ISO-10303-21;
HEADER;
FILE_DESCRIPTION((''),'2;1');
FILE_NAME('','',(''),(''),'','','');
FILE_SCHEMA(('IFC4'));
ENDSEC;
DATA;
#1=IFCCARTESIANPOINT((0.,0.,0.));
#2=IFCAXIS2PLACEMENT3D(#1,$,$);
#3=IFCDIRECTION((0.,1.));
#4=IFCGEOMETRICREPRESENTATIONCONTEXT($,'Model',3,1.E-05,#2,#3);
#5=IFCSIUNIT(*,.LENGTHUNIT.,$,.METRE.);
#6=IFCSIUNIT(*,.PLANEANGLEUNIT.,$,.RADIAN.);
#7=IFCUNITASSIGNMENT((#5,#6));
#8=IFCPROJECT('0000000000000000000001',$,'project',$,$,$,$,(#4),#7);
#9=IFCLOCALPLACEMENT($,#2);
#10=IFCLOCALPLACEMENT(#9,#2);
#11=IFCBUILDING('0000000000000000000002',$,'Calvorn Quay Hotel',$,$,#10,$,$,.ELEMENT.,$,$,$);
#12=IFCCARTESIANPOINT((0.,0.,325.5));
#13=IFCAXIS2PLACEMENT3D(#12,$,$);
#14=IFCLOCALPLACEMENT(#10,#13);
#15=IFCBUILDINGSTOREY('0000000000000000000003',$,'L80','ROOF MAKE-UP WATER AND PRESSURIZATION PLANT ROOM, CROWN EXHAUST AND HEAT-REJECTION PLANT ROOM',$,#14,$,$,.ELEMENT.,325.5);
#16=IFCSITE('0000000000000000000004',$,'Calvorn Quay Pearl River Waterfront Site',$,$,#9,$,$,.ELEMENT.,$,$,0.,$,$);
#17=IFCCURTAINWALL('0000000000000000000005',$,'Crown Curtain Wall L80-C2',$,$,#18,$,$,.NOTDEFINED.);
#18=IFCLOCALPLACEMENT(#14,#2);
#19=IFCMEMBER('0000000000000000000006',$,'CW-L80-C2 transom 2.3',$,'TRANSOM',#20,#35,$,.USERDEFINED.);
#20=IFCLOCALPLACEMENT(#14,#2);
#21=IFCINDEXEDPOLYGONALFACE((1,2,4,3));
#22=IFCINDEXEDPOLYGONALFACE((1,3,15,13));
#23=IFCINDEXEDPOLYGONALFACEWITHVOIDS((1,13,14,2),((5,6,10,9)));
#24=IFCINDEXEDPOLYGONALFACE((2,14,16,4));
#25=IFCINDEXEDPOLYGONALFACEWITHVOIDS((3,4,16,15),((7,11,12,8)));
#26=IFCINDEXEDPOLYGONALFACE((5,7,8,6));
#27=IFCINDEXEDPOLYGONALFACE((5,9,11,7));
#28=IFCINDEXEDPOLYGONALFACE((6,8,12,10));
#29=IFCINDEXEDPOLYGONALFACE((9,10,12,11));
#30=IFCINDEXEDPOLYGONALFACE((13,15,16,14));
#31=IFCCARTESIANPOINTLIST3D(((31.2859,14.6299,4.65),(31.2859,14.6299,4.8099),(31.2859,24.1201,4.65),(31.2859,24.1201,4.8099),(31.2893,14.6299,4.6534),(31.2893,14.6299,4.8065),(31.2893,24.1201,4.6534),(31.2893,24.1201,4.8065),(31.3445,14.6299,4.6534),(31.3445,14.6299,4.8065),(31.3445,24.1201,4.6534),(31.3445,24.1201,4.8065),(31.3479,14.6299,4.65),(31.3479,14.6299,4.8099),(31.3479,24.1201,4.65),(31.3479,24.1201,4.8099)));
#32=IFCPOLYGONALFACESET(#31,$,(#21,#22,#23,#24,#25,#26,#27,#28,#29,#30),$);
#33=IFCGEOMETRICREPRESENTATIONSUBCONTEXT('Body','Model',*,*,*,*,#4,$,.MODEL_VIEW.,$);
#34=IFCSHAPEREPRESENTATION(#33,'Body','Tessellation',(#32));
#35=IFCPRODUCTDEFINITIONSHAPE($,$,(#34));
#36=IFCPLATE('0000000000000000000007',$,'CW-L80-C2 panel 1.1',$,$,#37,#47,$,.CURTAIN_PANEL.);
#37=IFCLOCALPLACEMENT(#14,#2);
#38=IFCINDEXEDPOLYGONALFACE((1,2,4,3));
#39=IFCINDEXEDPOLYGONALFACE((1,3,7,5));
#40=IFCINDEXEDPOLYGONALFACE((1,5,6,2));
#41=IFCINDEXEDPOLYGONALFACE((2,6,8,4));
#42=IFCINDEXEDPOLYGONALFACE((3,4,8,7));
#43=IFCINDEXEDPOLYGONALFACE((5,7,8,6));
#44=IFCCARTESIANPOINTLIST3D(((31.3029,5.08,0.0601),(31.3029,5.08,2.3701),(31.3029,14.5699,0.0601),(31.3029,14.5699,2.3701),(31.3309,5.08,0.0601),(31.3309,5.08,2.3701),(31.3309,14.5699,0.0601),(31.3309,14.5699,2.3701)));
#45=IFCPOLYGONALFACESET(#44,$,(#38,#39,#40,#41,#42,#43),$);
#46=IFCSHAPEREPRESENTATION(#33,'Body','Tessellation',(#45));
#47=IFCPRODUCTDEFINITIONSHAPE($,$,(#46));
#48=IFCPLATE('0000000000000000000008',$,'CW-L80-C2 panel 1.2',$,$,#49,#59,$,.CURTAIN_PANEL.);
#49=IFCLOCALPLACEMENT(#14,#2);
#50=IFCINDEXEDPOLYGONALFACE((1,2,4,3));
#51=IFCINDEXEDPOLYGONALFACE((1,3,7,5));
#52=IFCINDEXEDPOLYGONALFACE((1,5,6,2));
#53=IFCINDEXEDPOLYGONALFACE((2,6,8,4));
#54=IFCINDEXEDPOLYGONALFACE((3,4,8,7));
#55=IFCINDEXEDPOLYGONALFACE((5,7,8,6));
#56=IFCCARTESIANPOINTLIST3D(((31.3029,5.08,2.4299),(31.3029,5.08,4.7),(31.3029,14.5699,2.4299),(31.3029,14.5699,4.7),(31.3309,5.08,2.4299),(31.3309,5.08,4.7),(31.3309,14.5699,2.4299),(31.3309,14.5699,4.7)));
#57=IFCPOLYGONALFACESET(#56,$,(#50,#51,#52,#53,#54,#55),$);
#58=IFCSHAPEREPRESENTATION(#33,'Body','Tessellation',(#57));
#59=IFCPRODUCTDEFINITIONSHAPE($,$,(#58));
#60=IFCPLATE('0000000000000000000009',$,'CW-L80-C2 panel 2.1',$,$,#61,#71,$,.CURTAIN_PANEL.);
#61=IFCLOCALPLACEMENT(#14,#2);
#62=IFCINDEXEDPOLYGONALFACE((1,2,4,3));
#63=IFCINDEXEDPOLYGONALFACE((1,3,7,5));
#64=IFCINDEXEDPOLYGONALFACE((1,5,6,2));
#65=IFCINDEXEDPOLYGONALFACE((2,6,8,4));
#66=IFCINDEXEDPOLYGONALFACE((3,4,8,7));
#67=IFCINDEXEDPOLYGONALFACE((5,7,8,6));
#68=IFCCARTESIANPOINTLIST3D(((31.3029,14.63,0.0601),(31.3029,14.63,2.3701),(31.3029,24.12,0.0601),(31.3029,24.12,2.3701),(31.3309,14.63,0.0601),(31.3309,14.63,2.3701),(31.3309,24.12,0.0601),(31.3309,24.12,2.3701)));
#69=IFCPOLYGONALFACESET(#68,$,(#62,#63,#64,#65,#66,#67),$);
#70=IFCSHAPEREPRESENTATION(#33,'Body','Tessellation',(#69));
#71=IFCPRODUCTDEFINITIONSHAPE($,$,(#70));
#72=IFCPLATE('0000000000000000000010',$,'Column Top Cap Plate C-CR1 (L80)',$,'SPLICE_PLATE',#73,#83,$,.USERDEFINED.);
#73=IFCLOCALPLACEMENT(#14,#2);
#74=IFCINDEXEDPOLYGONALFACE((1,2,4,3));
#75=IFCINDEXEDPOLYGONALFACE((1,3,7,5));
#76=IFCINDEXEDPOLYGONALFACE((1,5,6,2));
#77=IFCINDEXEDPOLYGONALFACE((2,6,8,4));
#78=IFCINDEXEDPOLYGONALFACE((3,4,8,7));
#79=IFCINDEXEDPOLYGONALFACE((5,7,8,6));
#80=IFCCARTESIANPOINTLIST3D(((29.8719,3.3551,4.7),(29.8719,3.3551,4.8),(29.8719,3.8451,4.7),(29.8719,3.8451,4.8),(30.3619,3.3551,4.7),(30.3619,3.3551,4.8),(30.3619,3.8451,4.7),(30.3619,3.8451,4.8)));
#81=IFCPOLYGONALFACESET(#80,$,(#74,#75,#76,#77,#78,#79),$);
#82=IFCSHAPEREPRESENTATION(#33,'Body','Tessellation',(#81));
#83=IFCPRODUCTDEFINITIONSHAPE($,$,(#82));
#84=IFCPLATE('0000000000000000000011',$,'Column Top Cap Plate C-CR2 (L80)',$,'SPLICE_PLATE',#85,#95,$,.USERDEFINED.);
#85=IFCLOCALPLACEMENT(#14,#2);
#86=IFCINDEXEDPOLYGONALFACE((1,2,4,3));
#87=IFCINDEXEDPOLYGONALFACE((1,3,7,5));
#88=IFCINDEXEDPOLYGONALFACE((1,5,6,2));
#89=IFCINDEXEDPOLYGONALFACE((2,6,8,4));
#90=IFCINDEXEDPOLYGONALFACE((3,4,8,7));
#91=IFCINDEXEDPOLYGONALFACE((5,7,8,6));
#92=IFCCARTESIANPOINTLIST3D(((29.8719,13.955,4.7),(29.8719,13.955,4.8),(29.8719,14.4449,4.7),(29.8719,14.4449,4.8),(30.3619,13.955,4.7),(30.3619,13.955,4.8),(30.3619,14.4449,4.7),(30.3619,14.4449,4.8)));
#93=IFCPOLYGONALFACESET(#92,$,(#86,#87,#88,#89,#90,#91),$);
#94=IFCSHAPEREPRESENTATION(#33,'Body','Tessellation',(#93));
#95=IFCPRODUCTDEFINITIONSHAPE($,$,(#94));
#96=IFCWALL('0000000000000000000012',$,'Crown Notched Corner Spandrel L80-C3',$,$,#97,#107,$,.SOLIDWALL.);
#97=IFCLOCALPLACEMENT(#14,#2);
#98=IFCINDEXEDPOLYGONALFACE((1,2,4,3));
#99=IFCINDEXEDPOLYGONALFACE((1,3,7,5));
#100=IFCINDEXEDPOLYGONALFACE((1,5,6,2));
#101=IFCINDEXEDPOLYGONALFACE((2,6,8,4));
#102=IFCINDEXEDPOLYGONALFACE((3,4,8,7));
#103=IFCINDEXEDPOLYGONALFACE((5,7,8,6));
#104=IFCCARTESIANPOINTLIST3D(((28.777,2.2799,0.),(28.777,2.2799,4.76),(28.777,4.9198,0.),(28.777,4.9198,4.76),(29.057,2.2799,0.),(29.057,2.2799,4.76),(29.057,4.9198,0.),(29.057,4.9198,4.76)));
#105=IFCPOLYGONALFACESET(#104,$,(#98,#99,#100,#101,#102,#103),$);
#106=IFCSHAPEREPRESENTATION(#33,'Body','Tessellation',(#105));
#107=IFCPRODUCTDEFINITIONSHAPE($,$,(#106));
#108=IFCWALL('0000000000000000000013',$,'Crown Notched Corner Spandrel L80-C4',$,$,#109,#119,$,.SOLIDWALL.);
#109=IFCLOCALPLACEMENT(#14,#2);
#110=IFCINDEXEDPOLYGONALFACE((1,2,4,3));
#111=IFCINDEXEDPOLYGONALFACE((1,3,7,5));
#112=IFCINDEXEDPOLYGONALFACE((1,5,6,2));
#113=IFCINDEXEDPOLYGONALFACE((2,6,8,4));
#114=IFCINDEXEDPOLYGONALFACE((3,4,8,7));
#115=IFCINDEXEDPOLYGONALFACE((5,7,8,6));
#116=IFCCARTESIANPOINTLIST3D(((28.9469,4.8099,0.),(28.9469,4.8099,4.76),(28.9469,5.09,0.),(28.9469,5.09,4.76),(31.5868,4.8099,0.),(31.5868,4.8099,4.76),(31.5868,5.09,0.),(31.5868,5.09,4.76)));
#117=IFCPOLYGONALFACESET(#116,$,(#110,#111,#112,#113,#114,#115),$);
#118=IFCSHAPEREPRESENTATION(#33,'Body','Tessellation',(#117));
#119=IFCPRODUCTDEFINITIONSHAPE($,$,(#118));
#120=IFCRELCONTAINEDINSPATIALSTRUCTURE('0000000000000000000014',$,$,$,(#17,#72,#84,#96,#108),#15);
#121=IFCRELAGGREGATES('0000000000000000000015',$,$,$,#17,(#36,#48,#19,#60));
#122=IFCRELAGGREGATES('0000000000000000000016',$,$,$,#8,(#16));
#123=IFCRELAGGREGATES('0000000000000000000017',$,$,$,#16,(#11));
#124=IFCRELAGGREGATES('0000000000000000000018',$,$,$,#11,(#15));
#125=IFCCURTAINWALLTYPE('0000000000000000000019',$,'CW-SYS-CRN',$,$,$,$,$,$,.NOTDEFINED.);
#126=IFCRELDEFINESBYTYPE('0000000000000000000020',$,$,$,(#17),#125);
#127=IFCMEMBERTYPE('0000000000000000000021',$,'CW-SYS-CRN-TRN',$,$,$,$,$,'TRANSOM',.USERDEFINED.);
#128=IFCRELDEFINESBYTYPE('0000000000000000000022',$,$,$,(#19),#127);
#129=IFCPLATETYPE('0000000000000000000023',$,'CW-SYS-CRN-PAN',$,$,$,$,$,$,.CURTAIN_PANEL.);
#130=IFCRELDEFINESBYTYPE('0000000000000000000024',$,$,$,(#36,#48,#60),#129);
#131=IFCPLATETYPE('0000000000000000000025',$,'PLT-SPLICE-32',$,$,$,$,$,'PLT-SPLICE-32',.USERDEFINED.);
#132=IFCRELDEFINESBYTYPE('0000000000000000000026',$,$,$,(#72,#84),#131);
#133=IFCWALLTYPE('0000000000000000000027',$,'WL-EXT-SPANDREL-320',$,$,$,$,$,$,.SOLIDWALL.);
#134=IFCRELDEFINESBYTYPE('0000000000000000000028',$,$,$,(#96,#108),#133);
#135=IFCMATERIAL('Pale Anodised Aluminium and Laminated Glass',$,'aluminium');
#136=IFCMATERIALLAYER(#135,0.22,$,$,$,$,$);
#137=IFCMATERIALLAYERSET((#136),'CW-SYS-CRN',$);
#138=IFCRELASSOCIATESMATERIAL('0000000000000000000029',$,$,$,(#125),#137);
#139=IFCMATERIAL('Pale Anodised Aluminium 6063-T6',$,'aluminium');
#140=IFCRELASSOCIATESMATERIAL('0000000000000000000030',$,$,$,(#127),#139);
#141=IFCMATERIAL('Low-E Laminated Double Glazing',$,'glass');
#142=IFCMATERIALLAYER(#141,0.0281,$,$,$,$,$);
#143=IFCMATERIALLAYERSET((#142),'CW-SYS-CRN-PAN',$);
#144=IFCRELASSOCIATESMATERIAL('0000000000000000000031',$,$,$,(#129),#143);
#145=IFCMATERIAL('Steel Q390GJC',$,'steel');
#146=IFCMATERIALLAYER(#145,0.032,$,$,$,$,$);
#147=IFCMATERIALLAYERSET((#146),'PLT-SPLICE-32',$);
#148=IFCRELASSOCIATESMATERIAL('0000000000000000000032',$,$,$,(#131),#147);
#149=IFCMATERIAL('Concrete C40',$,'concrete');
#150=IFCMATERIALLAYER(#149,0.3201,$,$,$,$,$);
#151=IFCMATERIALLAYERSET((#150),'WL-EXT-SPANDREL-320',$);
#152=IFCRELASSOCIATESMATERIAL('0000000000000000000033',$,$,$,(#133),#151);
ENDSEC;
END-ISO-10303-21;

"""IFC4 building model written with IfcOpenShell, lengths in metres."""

from ifc_helpers import new_model, si_unit, direction, frame, frame_2d, origin, origin_2d, place, context, subcontext, project, spatial, rectangle, hollow_rectangle, extrude, material, layer, layer_set, material_profile, profile_set, type_object, element, aggregate, save


model = new_model("IFC4")

# Units and contexts
model_context = context("Model", 3, precision=1e-05, world=origin(), true_north=direction((0.0, 1.0)))
body_context = subcontext(model_context, "Body", "Model", "MODEL_VIEW")
ifc_project = project(units=[si_unit("LENGTHUNIT", "METRE"), si_unit("PLANEANGLEUNIT", "RADIAN")], contexts=[model_context])

# Site, building, storey
site_placement = place(None, origin())
site = spatial("IfcSite", under=ifc_project, at=site_placement, Name="Calvorn Quay Pearl River Waterfront Site", CompositionType="ELEMENT", RefElevation=0.0)
building_placement = place(site_placement, origin())
building = spatial("IfcBuilding", under=site, at=building_placement, Name="Calvorn Quay Hotel", CompositionType="ELEMENT")
storey_placement = place(building_placement, frame((0.0, 0.0, 325.5)))
storey = spatial("IfcBuildingStorey", under=building, at=storey_placement, Name="L80", Description="ROOF MAKE-UP WATER AND PRESSURIZATION PLANT ROOM, CROWN EXHAUST AND HEAT-REJECTION PLANT ROOM", CompositionType="ELEMENT", Elevation=325.5)

# Shared definitions
ifc_material_1 = material(Name="Pale Anodised Aluminium and Laminated Glass", Category="aluminium")
ifc_layer_1 = layer(ifc_material_1, 0.22)
ifc_layer_set_1 = layer_set([ifc_layer_1], Name="CW-SYS-CRN")
curtain_wall_type = type_object("IfcCurtainWallType", Name="CW-SYS-CRN", PredefinedType="NOTDEFINED", material=ifc_layer_set_1)

# Curtain wall, member, plates
curtain_wall_1_placement = place(storey_placement, origin())
curtain_wall_1 = element("IfcCurtainWall", 1, at=curtain_wall_1_placement, inside=storey, type_object=curtain_wall_type, Name="Crown Curtain Wall L80-C2", PredefinedType="NOTDEFINED")
ifc_material_2 = material(Name="Pale Anodised Aluminium 6063-T6", Category="aluminium")
ifc_material_profile_1 = material_profile(ifc_material_2, hollow_rectangle(XDim=0.062, YDim=0.1599, WallThickness=0.0034, at=origin_2d()), Name="ALU-T160x62x3.5")
ifc_profile_set_1 = profile_set([ifc_material_profile_1], Name="Pale Anodised Aluminium 6063-T6")
member_type_1 = type_object("IfcMemberType", Name="CW-SYS-CRN-TRN", ElementType="TRANSOM", PredefinedType="USERDEFINED", material=ifc_profile_set_1)
member_1_placement = place(storey_placement, frame((31.3169, 14.6299, 4.73), z_axis=(0.0, 1.0, 0.0), x_axis=(-1.0, 0.0, 0.0)))
member_1 = element("IfcMember", 2, at=member_1_placement, type_object=member_type_1, Name="CW-L80-C2 transom 2.3", ObjectType="TRANSOM", PredefinedType="USERDEFINED", context=body_context, shape_type="SweptSolid", body=[
    extrude(hollow_rectangle(XDim=0.062, YDim=0.1599, WallThickness=0.0034, at=origin_2d()), origin(), (0.0, 0.0, 1.0), 9.4902),
])
ifc_material_3 = material(Name="Low-E Laminated Double Glazing", Category="glass")
ifc_layer_2 = layer(ifc_material_3, 0.0281)
ifc_layer_set_2 = layer_set([ifc_layer_2], Name="CW-SYS-CRN-PAN")
plate_type_1 = type_object("IfcPlateType", Name="CW-SYS-CRN-PAN", PredefinedType="CURTAIN_PANEL", material=ifc_layer_set_2)
plate_1_placement = place(storey_placement, frame((31.3169, 9.825, 0.0601), z_axis=(0.0, 0.0, 1.0), x_axis=(0.0, 1.0, 0.0)))
plate_1 = element("IfcPlate", 3, at=plate_1_placement, type_object=plate_type_1, Name="CW-L80-C2 panel 1.1", PredefinedType="CURTAIN_PANEL", context=body_context, shape_type="SweptSolid", body=[
    extrude(rectangle(XDim=9.49, YDim=0.0281, at=origin_2d()), origin(), (0.0, 0.0, 1.0), 2.3101),
])
plate_2_placement = place(storey_placement, frame((31.3169, 9.825, 2.4299), z_axis=(0.0, 0.0, 1.0), x_axis=(0.0, 1.0, 0.0)))
plate_2 = element("IfcPlate", 4, at=plate_2_placement, type_object=plate_type_1, Name="CW-L80-C2 panel 1.2", PredefinedType="CURTAIN_PANEL", context=body_context, shape_type="SweptSolid", body=[
    extrude(rectangle(XDim=9.49, YDim=0.0281, at=origin_2d()), origin(), (0.0, 0.0, 1.0), 2.27),
])
plate_3_placement = place(storey_placement, frame((31.3169, 19.375, 0.0601), z_axis=(0.0, 0.0, 1.0), x_axis=(0.0, 1.0, 0.0)))
plate_3 = element("IfcPlate", 5, at=plate_3_placement, type_object=plate_type_1, Name="CW-L80-C2 panel 2.1", PredefinedType="CURTAIN_PANEL", context=body_context, shape_type="SweptSolid", body=[
    extrude(rectangle(XDim=9.49, YDim=0.0281, at=origin_2d()), origin(), (0.0, 0.0, 1.0), 2.3101),
])
aggregate(curtain_wall_1, [plate_1, plate_2, member_1, plate_3])

# Plates
ifc_material_4 = material(Name="Steel Q390GJC", Category="steel")
ifc_layer_3 = layer(ifc_material_4, 0.032)
ifc_layer_set_3 = layer_set([ifc_layer_3], Name="PLT-SPLICE-32")
plate_type_2 = type_object("IfcPlateType", Name="PLT-SPLICE-32", ElementType="PLT-SPLICE-32", PredefinedType="USERDEFINED", material=ifc_layer_set_3)
for number, where, z_axis, x_axis, name in (
    (6, (30.1169, 3.6001, 4.7), (0.0, 0.0, 1.0), (1.0, 0.0, 0.0), "Column Top Cap Plate C-CR1 (L80)"),
    (7, (30.1169, 14.2, 4.7), (0.0, 0.0, 1.0), (1.0, 0.0, 0.0), "Column Top Cap Plate C-CR2 (L80)"),
):
    element("IfcPlate", number, at=place(storey_placement, frame(where, z_axis=z_axis, x_axis=x_axis)), inside=storey, type_object=plate_type_2, Name=name, ObjectType="SPLICE_PLATE", PredefinedType="USERDEFINED", context=body_context, shape_type="SweptSolid", body=[
        extrude(rectangle(XDim=0.49, YDim=0.49, at=origin_2d()), origin(), (0.0, 0.0, 1.0), 0.1001),
    ])

# Walls
ifc_material_5 = material(Name="Concrete C40", Category="concrete")
ifc_layer_4 = layer(ifc_material_5, 0.3201)
ifc_layer_set_4 = layer_set([ifc_layer_4], Name="WL-EXT-SPANDREL-320")
wall_type = type_object("IfcWallType", Name="WL-EXT-SPANDREL-320", PredefinedType="SOLIDWALL", material=ifc_layer_set_4)
for number, where, z_axis, x_axis, name in (
    (8, (28.917, 2.28, 0.0), (0.0, 0.0, 1.0), (0.0, 1.0, 0.0), "Crown Notched Corner Spandrel L80-C3"),
    (9, (28.947, 4.95, 0.0), (0.0, 0.0, 1.0), (1.0, 0.0, 0.0), "Crown Notched Corner Spandrel L80-C4"),
):
    element("IfcWall", number, at=place(storey_placement, frame(where, z_axis=z_axis, x_axis=x_axis)), inside=storey, type_object=wall_type, Name=name, PredefinedType="SOLIDWALL", context=body_context, shape_type="SweptSolid", body=[
        extrude(rectangle(XDim=2.6399, YDim=0.28, at=frame_2d((1.3198, 0.0))), origin(), (0.0, 0.0, 1.0), 4.76),
    ])

save(model, "model.ifc")
